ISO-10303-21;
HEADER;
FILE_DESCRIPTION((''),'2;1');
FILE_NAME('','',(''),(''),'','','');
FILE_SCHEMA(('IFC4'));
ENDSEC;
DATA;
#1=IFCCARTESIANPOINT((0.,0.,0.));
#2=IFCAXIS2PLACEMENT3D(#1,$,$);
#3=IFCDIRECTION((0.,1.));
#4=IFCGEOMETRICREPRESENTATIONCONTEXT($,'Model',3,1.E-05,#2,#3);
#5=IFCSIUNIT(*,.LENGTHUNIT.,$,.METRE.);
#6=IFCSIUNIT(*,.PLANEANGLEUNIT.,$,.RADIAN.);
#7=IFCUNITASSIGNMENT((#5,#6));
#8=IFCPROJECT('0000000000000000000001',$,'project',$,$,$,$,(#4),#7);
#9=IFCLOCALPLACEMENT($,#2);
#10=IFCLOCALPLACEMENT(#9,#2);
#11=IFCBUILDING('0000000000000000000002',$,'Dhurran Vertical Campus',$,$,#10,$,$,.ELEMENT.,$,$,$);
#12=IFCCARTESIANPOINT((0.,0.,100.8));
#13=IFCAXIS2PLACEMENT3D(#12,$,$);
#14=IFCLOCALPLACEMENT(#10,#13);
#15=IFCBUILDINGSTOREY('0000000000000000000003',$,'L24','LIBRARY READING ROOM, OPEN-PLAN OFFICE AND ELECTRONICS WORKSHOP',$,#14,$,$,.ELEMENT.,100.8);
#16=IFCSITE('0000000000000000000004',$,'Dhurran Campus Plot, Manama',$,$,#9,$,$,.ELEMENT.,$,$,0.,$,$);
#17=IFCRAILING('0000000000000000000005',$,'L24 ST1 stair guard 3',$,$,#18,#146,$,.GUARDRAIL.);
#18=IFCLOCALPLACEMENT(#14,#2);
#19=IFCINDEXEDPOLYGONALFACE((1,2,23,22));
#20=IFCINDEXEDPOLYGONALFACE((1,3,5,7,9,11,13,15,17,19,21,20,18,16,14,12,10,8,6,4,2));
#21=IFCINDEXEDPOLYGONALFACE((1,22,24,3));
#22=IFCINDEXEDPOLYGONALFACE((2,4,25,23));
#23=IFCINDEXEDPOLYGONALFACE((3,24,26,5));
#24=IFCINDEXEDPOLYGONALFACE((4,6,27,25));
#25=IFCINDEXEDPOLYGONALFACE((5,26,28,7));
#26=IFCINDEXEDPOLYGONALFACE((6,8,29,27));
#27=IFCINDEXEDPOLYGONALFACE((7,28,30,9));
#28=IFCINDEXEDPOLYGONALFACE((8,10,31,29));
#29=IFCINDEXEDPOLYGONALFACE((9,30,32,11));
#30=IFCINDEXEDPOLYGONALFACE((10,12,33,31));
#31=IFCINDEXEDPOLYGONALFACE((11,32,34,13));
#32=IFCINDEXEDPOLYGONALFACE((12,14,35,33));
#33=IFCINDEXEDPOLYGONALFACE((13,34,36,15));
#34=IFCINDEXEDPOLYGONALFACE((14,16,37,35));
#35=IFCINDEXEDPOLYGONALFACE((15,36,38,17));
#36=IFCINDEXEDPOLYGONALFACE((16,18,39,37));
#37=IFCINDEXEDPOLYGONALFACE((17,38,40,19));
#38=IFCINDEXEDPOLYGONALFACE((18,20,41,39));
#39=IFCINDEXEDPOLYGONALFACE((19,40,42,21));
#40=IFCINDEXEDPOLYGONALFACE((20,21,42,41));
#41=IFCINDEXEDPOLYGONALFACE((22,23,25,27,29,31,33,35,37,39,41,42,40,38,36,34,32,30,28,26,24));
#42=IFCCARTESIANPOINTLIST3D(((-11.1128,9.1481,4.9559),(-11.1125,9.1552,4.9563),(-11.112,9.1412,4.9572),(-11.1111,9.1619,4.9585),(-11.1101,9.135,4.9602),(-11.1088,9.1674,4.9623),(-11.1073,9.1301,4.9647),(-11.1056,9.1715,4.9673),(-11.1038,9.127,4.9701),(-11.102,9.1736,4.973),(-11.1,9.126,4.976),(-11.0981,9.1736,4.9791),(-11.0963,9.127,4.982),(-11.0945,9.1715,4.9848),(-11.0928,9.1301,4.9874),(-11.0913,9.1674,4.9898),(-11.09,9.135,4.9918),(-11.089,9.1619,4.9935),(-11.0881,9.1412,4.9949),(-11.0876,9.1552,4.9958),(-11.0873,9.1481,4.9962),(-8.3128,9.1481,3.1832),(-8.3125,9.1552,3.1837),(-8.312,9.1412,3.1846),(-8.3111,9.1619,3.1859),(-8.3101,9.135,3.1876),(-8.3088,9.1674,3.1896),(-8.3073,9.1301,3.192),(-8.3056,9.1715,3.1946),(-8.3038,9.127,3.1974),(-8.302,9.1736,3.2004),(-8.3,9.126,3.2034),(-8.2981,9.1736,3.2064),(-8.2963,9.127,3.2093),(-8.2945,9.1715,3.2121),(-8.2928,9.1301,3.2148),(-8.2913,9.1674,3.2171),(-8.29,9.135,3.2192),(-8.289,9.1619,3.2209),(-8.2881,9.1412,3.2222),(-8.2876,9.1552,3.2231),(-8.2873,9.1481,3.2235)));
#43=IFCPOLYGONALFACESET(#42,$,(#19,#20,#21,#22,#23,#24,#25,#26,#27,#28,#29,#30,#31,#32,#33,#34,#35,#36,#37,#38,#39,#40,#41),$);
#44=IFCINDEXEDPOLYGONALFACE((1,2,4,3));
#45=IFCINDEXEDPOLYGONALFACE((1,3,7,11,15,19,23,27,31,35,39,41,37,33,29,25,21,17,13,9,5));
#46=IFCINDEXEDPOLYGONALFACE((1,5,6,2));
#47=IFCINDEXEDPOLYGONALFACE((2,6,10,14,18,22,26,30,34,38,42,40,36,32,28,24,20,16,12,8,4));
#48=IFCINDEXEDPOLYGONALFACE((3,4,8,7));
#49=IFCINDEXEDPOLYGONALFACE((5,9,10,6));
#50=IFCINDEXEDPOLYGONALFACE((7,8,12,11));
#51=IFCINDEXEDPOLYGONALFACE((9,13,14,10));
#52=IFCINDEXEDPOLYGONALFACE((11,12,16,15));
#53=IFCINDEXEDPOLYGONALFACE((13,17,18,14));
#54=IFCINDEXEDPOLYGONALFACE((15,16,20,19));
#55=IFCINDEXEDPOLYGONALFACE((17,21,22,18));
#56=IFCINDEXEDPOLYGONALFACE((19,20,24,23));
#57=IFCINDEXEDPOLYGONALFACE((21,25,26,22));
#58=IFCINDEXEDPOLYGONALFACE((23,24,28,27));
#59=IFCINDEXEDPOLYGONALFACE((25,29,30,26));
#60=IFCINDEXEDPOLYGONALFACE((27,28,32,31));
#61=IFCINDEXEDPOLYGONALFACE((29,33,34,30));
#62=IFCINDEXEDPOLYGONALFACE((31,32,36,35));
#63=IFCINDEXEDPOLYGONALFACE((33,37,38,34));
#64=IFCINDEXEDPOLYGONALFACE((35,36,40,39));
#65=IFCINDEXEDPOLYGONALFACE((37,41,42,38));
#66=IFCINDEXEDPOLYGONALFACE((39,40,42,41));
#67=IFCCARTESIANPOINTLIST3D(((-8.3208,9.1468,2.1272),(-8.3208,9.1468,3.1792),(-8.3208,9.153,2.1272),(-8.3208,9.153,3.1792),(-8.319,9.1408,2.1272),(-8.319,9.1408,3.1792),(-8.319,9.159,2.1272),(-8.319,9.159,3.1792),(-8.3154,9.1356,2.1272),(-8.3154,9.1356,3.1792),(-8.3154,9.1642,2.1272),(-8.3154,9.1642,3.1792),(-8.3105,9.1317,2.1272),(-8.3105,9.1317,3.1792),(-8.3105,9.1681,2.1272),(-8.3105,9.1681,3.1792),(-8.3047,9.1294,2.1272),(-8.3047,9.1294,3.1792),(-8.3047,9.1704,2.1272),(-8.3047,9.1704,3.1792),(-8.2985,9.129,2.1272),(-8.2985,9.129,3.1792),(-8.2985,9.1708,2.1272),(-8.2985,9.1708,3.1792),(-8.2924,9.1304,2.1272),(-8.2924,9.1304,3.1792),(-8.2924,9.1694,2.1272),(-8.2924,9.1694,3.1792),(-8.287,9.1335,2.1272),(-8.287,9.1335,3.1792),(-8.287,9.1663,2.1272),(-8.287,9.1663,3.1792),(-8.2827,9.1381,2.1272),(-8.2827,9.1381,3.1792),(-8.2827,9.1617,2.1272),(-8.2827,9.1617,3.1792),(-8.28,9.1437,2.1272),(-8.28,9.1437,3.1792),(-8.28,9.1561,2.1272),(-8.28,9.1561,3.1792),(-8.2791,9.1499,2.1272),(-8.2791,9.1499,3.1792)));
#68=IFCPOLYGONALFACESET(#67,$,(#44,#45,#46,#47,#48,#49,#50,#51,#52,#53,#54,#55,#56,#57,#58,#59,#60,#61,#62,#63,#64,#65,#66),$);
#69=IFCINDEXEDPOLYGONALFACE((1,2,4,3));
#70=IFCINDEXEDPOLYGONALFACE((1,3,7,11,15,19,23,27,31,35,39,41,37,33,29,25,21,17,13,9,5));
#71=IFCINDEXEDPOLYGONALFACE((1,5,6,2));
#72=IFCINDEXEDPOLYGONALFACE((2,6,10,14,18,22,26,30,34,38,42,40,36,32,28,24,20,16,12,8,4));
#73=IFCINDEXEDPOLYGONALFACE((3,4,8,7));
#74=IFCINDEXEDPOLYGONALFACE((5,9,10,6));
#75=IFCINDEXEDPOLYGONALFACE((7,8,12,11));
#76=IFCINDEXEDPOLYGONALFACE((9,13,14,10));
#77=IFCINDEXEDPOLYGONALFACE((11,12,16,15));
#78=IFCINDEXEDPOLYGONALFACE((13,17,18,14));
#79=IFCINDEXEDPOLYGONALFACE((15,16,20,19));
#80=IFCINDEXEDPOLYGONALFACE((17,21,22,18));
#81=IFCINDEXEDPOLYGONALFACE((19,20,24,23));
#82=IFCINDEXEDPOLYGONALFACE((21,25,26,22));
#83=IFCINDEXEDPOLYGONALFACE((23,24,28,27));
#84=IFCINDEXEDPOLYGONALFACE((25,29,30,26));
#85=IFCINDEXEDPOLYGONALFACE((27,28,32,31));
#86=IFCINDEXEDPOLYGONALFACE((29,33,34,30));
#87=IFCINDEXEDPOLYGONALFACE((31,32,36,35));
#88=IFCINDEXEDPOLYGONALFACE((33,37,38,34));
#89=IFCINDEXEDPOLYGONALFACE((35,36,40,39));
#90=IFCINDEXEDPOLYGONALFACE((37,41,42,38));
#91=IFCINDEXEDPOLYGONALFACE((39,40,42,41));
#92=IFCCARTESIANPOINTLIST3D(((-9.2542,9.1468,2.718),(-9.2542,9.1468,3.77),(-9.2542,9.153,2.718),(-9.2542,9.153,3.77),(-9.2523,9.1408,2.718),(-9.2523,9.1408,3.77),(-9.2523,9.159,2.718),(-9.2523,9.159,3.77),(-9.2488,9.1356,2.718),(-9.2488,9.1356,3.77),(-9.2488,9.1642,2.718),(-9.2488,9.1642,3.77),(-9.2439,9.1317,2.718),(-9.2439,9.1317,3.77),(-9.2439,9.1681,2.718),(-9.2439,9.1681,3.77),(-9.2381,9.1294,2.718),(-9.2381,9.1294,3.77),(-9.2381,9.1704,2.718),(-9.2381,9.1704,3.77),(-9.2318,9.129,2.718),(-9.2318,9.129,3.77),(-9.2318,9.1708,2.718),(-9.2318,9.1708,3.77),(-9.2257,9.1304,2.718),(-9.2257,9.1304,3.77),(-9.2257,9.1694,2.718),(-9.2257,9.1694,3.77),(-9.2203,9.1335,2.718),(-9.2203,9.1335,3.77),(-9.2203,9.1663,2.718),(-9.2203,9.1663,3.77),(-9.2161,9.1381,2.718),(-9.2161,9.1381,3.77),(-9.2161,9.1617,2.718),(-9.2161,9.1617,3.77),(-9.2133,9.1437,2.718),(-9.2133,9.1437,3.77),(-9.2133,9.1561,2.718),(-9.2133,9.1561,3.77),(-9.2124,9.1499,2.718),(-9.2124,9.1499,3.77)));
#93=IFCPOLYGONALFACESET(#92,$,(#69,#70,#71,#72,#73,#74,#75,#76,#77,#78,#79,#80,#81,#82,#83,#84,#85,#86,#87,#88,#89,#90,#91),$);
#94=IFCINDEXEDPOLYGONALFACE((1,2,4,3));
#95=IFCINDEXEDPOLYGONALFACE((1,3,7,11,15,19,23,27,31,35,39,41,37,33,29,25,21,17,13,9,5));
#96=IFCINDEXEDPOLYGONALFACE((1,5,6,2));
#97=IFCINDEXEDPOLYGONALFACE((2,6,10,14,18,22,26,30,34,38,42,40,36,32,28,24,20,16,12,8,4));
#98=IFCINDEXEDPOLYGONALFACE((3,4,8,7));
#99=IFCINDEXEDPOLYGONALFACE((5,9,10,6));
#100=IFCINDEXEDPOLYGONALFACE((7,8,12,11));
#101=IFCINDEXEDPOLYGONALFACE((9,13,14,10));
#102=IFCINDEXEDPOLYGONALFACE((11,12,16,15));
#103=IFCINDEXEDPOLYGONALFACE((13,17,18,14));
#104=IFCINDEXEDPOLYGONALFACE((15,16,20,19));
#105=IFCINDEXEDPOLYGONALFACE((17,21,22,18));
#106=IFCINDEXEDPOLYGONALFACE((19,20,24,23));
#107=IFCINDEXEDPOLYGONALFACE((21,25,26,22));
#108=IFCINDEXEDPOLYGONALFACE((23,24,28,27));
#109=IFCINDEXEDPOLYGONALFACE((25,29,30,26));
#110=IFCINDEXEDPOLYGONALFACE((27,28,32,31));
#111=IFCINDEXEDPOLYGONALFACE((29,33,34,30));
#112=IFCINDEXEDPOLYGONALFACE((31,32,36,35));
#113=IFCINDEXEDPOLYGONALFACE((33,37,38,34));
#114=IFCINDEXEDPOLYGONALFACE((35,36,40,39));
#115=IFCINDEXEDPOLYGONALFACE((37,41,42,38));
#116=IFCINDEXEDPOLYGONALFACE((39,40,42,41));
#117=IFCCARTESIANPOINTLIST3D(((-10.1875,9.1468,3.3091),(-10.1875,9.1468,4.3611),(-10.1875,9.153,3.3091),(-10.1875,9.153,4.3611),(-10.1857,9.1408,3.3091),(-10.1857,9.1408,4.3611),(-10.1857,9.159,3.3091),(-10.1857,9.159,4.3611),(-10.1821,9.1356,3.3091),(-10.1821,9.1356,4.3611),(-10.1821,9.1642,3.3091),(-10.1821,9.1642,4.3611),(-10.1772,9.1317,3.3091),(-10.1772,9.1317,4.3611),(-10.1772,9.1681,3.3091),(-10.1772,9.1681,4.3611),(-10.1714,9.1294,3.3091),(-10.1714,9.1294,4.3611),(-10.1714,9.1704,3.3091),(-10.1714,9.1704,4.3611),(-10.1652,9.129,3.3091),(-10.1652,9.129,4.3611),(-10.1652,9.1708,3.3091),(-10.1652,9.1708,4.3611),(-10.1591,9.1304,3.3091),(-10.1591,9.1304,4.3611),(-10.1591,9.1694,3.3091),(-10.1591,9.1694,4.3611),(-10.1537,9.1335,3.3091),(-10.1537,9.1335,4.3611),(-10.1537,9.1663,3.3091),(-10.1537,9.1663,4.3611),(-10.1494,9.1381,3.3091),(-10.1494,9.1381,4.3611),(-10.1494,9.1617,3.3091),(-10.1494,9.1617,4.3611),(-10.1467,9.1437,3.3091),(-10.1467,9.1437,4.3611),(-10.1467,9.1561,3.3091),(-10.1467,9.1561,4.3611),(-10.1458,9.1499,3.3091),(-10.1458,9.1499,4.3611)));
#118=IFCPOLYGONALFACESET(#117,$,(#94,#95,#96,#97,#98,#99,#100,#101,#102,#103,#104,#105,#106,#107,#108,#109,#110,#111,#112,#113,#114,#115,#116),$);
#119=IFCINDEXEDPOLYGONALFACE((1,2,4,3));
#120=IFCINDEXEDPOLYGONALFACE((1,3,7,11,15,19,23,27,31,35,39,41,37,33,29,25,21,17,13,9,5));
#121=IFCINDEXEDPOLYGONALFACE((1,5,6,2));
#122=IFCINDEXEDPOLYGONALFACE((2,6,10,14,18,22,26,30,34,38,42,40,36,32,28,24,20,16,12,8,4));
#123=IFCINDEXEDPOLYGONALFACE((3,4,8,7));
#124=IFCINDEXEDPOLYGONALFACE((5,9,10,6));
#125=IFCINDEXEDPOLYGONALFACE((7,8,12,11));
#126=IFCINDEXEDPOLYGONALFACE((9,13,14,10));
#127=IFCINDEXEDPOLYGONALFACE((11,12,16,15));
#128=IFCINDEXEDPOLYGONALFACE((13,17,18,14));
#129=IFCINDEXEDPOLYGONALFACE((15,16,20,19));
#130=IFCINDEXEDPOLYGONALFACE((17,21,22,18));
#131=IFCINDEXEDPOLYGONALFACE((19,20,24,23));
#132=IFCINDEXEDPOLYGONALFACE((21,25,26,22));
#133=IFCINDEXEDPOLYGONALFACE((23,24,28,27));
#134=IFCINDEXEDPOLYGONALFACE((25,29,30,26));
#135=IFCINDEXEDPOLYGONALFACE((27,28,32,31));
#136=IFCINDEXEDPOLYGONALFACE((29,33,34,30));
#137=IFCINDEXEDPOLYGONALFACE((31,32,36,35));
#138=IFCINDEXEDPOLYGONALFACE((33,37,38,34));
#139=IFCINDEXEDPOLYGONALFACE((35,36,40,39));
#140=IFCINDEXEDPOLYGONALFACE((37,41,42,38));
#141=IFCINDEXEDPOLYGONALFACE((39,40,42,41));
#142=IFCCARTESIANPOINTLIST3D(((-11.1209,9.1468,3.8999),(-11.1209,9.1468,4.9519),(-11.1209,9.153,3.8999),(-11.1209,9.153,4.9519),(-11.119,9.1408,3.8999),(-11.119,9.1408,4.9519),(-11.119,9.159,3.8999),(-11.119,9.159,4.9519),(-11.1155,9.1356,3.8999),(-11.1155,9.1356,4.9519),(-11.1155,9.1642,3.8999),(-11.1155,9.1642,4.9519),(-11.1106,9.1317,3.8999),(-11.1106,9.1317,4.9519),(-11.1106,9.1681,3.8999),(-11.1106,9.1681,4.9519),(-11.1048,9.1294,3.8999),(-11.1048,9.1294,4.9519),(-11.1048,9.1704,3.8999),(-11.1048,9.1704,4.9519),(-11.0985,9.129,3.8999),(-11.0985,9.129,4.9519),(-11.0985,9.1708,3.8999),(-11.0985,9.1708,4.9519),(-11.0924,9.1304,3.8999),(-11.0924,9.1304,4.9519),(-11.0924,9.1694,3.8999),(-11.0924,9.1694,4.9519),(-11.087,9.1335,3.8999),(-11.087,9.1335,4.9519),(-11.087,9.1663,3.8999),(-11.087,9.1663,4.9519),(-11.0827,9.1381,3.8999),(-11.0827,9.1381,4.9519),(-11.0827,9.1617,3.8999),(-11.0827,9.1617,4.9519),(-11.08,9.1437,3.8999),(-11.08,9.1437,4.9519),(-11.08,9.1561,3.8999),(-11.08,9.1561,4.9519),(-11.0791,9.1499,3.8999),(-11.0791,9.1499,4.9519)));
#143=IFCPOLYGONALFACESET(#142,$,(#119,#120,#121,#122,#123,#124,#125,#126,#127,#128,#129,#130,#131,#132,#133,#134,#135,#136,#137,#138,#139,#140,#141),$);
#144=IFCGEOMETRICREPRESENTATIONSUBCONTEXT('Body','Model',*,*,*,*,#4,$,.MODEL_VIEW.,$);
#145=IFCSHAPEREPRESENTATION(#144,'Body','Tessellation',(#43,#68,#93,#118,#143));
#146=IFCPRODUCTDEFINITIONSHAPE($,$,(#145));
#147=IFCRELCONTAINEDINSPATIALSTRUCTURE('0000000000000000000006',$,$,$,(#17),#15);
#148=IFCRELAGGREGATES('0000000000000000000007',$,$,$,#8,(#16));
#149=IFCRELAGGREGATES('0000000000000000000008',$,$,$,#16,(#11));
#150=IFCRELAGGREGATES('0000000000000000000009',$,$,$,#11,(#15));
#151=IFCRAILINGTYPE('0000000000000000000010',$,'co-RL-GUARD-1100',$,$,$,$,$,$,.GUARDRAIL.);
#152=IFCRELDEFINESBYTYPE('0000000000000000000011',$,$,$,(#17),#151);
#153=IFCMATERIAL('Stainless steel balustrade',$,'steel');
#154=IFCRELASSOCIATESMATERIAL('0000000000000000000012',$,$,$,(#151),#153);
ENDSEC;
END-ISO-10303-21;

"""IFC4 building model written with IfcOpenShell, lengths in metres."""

from ifc_helpers import new_model, si_unit, direction, frame, origin, origin_2d, place, context, subcontext, project, spatial, circle, extrude, material, type_object, element, save


model = new_model("IFC4")

# Units and contexts
model_context = context("Model", 3, precision=1e-05, world=origin(), true_north=direction((0.0, 1.0)))
body_context = subcontext(model_context, "Body", "Model", "MODEL_VIEW")
ifc_project = project(units=[si_unit("LENGTHUNIT", "METRE"), si_unit("PLANEANGLEUNIT", "RADIAN")], contexts=[model_context])

# Site, building, storey
site_placement = place(None, origin())
site = spatial("IfcSite", under=ifc_project, at=site_placement, Name="Dhurran Campus Plot, Manama", CompositionType="ELEMENT", RefElevation=0.0)
building_placement = place(site_placement, origin())
building = spatial("IfcBuilding", under=site, at=building_placement, Name="Dhurran Vertical Campus", CompositionType="ELEMENT")
storey_placement = place(building_placement, frame((0.0, 0.0, 100.8)))
storey = spatial("IfcBuildingStorey", under=building, at=storey_placement, Name="L24", Description="LIBRARY READING ROOM, OPEN-PLAN OFFICE AND ELECTRONICS WORKSHOP", CompositionType="ELEMENT", Elevation=100.8)

# Railing
ifc_material_1 = material(Name="Stainless steel balustrade", Category="steel")
railing_type_1 = type_object("IfcRailingType", Name="co-RL-GUARD-1100", PredefinedType="GUARDRAIL", material=ifc_material_1)
railing_1_placement = place(storey_placement, frame((-8.3, 9.1499, 2.1272)))
element("IfcRailing", 1, at=railing_1_placement, inside=storey, type_object=railing_type_1, Name="L24 ST1 stair guard 3", PredefinedType="GUARDRAIL", context=body_context, shape_type="SweptSolid", body=[
    extrude(circle(Radius=0.0239, at=origin_2d()), frame((0.0, 0.0, 1.0762), z_axis=(-0.844909, 0.0, 0.53491), x_axis=(0.0, -1.0, 0.0)), (0.0, 0.0, 1.0), 3.314),
    extrude(circle(Radius=0.021, at=origin_2d()), origin(), (0.0, 0.0, 1.0), 1.052),
    extrude(circle(Radius=0.021, at=origin_2d()), frame((-0.9333, 0.0, 0.5908)), (0.0, 0.0, 1.0), 1.052),
    extrude(circle(Radius=0.021, at=origin_2d()), frame((-1.8667, 0.0, 1.1819)), (0.0, 0.0, 1.0), 1.052),
    extrude(circle(Radius=0.021, at=origin_2d()), frame((-2.8, 0.0, 1.7727)), (0.0, 0.0, 1.0), 1.052),
])

save(model, "model.ifc")
